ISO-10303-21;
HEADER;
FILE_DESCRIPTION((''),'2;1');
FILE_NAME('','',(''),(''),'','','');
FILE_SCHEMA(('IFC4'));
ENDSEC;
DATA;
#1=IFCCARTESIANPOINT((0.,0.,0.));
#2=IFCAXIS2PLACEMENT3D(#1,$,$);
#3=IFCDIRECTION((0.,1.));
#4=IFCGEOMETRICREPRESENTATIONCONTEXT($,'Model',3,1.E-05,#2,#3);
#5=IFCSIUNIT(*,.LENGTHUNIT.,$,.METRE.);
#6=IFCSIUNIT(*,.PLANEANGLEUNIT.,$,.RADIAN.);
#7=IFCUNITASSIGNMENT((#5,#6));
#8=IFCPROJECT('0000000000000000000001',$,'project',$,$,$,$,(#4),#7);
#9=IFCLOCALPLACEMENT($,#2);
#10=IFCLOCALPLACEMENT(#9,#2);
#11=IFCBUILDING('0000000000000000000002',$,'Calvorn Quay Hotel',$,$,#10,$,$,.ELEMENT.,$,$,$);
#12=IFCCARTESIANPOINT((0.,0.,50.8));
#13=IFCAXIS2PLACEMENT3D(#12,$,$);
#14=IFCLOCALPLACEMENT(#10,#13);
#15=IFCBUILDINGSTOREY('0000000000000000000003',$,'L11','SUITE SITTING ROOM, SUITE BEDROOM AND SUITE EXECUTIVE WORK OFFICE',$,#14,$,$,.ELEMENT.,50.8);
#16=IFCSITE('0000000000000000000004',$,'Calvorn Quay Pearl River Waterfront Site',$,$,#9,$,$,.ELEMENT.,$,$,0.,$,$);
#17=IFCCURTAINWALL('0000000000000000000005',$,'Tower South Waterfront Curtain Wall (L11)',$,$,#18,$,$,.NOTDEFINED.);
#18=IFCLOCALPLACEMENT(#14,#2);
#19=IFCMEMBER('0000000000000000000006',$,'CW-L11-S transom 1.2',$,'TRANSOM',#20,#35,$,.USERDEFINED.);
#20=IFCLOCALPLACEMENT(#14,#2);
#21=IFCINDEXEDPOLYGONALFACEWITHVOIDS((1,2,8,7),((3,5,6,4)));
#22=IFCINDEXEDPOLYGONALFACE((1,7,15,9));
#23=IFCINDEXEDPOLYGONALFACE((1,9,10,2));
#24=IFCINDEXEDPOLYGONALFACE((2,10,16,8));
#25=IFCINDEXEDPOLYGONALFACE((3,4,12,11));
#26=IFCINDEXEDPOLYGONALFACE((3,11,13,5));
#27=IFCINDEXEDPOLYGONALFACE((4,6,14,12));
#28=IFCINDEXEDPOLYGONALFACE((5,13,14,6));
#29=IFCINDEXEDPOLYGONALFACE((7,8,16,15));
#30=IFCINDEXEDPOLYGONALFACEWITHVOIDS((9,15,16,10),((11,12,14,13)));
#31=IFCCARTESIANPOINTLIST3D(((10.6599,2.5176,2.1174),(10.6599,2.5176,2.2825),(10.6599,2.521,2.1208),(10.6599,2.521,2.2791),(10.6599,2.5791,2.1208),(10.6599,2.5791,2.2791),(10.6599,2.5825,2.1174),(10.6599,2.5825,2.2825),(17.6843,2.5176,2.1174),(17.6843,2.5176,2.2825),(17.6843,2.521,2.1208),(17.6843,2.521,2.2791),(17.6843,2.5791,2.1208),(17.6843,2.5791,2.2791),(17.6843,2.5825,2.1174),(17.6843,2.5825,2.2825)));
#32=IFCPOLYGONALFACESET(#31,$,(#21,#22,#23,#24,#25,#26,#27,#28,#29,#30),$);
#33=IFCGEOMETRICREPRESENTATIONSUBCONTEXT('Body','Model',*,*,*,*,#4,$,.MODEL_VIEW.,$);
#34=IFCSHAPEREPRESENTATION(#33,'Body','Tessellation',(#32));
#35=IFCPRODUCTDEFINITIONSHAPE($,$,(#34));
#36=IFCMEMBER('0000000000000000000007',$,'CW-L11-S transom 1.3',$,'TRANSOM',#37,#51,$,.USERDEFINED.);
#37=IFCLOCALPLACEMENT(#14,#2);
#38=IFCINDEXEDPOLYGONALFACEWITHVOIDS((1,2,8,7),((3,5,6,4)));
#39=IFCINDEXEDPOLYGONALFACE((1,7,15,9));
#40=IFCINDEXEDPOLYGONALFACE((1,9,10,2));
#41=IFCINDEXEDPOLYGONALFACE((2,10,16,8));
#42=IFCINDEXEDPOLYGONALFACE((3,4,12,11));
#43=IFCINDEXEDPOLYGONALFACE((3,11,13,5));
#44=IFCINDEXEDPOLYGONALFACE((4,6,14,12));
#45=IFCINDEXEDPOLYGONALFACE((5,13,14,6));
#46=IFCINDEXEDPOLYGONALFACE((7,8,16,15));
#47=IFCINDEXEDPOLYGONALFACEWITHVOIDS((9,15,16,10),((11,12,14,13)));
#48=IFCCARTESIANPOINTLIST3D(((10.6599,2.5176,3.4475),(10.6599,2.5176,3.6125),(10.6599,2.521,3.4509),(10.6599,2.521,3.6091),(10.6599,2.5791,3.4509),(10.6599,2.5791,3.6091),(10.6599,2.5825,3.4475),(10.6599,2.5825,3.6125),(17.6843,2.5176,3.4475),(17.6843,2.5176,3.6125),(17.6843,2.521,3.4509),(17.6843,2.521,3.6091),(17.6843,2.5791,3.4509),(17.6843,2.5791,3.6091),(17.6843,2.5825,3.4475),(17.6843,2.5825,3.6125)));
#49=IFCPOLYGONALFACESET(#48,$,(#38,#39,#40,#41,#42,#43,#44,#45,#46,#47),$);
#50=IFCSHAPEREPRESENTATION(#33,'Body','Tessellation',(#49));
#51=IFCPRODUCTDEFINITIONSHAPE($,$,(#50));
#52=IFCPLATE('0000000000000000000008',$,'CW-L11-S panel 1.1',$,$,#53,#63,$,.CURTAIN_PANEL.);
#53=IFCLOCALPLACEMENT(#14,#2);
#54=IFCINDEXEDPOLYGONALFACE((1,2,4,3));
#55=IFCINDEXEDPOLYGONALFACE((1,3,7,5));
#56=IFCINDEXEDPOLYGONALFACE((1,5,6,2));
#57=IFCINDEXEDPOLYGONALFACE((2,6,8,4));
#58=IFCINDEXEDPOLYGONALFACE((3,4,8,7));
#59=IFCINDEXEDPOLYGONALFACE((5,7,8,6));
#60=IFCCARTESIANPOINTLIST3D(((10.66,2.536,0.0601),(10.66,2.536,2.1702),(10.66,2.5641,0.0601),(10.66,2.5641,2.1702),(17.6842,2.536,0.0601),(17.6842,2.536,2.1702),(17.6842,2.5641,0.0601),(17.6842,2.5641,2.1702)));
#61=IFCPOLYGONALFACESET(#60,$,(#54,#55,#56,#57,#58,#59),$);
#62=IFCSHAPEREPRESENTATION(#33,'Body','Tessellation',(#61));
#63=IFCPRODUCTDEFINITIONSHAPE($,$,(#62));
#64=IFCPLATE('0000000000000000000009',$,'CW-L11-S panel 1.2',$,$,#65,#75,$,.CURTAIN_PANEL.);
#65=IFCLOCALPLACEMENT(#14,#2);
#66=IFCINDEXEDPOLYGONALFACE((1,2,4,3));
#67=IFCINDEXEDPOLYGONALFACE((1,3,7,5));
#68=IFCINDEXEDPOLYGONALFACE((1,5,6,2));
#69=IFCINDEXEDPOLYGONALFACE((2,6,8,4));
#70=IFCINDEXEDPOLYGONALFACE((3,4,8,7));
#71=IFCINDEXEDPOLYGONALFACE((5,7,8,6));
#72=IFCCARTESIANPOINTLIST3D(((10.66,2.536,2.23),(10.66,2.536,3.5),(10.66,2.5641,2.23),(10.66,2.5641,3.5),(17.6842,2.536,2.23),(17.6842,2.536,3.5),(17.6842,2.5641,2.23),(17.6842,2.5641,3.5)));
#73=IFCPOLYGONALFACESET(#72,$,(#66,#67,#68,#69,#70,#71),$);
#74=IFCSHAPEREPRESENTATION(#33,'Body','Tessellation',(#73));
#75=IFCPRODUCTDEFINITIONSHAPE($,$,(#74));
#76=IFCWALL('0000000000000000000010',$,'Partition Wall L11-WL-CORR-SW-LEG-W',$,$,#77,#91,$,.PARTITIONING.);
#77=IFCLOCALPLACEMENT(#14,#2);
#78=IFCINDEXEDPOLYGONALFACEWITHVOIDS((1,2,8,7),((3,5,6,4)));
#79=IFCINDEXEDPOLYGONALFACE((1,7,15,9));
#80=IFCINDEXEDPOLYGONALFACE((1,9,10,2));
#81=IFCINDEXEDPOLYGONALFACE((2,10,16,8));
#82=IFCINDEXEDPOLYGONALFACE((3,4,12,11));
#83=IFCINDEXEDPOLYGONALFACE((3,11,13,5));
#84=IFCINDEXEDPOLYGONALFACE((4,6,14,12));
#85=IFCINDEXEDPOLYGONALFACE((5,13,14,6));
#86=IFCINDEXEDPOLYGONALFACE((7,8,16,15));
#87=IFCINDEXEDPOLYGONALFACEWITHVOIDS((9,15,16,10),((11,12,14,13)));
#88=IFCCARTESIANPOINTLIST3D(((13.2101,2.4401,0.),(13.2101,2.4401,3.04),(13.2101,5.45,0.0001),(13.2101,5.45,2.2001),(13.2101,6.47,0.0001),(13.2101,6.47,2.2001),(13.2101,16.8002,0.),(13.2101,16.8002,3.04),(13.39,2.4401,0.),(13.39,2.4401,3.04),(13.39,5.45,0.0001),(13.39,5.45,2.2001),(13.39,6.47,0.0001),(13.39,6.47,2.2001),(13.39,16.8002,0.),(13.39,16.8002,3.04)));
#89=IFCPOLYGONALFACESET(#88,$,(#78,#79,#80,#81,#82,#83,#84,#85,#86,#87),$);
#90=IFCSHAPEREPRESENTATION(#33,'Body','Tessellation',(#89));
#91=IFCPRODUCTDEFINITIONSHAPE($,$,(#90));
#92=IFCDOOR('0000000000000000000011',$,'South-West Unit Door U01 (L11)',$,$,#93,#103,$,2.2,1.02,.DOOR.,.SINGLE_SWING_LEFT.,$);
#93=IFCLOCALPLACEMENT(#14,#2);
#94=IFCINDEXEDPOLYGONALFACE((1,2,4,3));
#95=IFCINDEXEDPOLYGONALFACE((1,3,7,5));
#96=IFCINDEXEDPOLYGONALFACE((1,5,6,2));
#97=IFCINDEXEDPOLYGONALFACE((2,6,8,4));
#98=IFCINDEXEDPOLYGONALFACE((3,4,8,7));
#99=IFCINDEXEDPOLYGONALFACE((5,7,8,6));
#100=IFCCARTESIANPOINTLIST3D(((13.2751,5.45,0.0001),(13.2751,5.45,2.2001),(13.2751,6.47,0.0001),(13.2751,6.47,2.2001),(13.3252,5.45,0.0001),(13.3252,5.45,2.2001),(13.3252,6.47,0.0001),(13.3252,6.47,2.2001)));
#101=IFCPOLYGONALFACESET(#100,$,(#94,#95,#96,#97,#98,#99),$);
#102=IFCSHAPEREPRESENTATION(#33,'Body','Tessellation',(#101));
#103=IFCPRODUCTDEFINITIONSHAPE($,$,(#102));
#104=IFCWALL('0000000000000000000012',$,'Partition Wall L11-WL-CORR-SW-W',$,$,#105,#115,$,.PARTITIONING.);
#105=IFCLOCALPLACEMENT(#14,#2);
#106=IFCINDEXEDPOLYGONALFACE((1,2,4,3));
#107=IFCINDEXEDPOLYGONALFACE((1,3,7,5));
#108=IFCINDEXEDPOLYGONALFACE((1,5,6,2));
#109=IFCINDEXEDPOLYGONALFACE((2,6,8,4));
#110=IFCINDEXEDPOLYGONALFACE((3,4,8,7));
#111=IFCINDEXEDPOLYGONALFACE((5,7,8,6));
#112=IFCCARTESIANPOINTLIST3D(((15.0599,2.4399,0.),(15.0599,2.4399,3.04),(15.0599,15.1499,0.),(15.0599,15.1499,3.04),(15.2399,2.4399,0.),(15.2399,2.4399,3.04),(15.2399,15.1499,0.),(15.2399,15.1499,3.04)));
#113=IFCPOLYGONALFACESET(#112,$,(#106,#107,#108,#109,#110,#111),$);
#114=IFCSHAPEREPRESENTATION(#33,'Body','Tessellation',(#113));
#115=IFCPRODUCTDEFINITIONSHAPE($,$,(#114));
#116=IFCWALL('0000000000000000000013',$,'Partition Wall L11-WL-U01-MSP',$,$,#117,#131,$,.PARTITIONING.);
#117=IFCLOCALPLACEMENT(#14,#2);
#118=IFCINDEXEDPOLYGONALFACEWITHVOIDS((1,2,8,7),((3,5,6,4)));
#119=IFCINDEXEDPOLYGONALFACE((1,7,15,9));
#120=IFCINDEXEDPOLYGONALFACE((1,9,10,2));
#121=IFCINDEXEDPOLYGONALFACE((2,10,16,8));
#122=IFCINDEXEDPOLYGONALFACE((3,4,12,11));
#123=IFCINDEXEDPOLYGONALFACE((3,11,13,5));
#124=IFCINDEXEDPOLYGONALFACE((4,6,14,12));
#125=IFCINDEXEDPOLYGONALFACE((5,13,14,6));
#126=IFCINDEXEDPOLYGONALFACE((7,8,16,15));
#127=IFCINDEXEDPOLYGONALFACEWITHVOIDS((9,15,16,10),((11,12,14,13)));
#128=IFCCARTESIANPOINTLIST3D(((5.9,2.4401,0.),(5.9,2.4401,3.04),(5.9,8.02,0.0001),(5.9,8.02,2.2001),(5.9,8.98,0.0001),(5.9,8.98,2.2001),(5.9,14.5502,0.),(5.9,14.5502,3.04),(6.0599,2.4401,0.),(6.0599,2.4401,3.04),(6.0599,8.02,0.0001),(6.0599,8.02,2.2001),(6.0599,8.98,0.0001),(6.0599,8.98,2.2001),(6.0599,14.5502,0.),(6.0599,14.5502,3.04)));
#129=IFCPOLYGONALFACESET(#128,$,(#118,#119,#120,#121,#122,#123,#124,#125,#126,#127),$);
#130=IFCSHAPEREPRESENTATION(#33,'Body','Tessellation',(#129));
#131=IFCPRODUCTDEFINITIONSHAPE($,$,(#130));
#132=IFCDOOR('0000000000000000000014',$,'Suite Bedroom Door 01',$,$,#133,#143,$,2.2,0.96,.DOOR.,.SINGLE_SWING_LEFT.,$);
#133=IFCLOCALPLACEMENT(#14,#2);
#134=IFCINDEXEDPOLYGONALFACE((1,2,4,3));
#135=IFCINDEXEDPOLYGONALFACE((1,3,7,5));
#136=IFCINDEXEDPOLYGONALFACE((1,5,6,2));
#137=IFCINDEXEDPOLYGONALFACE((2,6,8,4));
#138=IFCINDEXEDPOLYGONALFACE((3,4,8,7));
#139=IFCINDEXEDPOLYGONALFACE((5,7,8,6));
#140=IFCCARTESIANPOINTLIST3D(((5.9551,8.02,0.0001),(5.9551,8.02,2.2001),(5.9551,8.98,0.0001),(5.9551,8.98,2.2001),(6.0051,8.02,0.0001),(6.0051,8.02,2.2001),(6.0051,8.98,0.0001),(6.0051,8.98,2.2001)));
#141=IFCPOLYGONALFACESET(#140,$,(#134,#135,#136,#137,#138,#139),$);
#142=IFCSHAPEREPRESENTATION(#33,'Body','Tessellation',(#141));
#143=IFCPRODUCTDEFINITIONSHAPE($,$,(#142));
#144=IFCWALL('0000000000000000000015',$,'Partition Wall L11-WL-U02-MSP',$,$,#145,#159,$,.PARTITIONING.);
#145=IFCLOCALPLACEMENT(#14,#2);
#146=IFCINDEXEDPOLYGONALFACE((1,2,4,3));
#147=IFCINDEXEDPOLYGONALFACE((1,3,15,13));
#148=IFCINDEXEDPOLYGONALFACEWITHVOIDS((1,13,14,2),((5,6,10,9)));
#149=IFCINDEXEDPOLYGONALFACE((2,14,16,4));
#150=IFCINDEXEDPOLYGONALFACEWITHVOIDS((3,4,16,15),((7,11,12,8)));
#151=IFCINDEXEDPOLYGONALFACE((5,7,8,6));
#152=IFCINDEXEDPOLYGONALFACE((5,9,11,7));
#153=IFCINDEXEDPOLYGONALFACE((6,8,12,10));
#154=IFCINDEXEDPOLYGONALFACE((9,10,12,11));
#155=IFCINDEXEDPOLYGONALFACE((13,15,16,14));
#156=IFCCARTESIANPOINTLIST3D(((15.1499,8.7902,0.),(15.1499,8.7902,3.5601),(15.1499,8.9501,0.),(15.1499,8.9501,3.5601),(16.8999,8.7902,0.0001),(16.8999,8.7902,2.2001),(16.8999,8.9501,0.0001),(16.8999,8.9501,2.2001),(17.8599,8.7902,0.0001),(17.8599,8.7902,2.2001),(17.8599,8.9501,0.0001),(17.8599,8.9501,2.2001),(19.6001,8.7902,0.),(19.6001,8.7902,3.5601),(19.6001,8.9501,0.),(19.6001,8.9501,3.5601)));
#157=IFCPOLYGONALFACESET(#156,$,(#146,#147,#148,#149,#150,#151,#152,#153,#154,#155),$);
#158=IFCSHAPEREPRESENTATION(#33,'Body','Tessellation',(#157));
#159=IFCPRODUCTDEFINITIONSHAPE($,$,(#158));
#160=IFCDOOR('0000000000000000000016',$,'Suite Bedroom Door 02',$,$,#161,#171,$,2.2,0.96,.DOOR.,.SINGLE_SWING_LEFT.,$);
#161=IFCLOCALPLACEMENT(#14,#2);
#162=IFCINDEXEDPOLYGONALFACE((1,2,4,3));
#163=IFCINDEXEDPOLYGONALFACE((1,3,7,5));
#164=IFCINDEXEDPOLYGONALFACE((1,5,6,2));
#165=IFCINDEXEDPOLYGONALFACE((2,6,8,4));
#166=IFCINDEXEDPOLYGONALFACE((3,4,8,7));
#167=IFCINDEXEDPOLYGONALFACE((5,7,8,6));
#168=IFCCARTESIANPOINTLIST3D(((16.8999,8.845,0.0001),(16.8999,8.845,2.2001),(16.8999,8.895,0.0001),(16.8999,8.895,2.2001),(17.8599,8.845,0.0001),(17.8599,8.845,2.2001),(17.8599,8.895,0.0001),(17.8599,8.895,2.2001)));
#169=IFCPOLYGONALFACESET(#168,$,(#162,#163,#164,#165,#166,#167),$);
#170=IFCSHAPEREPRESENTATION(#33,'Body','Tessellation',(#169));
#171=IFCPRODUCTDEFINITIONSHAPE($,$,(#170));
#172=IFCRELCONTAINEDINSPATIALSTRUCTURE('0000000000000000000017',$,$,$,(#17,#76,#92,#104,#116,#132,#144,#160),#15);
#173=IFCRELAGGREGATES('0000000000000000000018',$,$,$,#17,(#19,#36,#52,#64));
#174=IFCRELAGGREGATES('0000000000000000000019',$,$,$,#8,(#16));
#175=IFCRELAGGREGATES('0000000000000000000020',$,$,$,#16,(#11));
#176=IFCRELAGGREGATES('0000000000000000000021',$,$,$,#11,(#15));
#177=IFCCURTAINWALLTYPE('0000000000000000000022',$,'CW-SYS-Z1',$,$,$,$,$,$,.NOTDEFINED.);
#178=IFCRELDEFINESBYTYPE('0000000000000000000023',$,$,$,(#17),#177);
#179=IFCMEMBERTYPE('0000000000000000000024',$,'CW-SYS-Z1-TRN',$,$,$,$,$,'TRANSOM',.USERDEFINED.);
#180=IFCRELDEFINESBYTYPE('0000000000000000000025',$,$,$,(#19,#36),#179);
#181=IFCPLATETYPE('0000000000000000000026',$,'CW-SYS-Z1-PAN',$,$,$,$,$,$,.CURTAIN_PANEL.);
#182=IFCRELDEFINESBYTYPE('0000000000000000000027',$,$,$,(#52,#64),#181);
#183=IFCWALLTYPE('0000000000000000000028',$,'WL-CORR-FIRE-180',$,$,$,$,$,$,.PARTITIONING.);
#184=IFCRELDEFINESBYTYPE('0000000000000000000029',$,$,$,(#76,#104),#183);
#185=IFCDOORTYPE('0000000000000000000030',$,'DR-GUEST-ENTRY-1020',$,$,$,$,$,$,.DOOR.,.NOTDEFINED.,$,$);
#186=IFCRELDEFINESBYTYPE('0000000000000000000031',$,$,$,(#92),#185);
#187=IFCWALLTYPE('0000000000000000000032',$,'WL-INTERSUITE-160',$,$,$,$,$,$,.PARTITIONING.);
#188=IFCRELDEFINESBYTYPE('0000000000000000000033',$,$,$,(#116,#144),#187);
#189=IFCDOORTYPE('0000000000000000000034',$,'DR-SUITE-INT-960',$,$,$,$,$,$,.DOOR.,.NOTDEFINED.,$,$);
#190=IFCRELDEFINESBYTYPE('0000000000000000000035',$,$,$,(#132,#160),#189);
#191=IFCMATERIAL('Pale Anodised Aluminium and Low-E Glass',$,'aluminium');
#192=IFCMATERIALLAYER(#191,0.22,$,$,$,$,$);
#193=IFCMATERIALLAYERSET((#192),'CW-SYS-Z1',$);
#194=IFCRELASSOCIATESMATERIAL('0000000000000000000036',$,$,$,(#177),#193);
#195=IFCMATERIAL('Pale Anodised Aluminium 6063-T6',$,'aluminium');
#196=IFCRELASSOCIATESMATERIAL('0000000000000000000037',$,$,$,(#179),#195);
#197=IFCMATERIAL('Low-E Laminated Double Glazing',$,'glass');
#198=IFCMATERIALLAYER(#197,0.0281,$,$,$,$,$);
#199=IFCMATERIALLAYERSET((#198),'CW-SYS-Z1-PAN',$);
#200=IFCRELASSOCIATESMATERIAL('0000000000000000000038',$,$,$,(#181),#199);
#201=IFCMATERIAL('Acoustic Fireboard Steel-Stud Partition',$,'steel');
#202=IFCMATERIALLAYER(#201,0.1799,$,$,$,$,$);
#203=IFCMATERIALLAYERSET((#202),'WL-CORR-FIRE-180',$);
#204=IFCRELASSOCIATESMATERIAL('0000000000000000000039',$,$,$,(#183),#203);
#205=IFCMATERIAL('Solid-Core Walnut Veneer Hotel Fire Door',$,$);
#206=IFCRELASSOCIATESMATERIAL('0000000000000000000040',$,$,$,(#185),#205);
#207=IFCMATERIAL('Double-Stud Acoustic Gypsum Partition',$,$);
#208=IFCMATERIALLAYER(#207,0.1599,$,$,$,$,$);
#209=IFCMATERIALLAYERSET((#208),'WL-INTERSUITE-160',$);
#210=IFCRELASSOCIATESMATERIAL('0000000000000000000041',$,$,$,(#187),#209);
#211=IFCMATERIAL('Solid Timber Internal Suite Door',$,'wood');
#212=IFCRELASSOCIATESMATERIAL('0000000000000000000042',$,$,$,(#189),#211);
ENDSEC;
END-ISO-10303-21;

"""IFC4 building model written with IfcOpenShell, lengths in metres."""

from ifc_helpers import new_model, si_unit, direction, frame, frame_2d, origin, origin_2d, place, context, subcontext, project, spatial, rectangle, hollow_rectangle, extrude, material, layer, layer_set, material_profile, profile_set, type_object, element, fill, aggregate, save


model = new_model("IFC4")

# Units and contexts
model_context = context("Model", 3, precision=1e-05, world=origin(), true_north=direction((0.0, 1.0)))
body_context = subcontext(model_context, "Body", "Model", "MODEL_VIEW")
ifc_project = project(units=[si_unit("LENGTHUNIT", "METRE"), si_unit("PLANEANGLEUNIT", "RADIAN")], contexts=[model_context])

# Site, building, storey
site_placement = place(None, origin())
site = spatial("IfcSite", under=ifc_project, at=site_placement, Name="Calvorn Quay Pearl River Waterfront Site", CompositionType="ELEMENT", RefElevation=0.0)
building_placement = place(site_placement, origin())
building = spatial("IfcBuilding", under=site, at=building_placement, Name="Calvorn Quay Hotel", CompositionType="ELEMENT")
storey_placement = place(building_placement, frame((0.0, 0.0, 50.8)))
storey = spatial("IfcBuildingStorey", under=building, at=storey_placement, Name="L11", Description="SUITE SITTING ROOM, SUITE BEDROOM AND SUITE EXECUTIVE WORK OFFICE", CompositionType="ELEMENT", Elevation=50.8)

# Curtain wall, members, plates
ifc_material_1 = material(Name="Pale Anodised Aluminium and Low-E Glass", Category="aluminium")
ifc_layer_1 = layer(ifc_material_1, 0.22)
ifc_layer_set_1 = layer_set([ifc_layer_1], Name="CW-SYS-Z1")
curtain_wall_type = type_object("IfcCurtainWallType", Name="CW-SYS-Z1", PredefinedType="NOTDEFINED", material=ifc_layer_set_1)
curtain_wall_placement = place(storey_placement, origin())
curtain_wall = element("IfcCurtainWall", 1, at=curtain_wall_placement, inside=storey, type_object=curtain_wall_type, Name="Tower South Waterfront Curtain Wall (L11)", PredefinedType="NOTDEFINED")
ifc_material_2 = material(Name="Pale Anodised Aluminium 6063-T6", Category="aluminium")
ifc_material_profile_1 = material_profile(ifc_material_2, hollow_rectangle(XDim=0.0649, YDim=0.165, WallThickness=0.0034, at=origin_2d()), Name="ALU-T165x65x3.5")
ifc_profile_set_1 = profile_set([ifc_material_profile_1], Name="Pale Anodised Aluminium 6063-T6")
member_type_1 = type_object("IfcMemberType", Name="CW-SYS-Z1-TRN", ElementType="TRANSOM", PredefinedType="USERDEFINED", material=ifc_profile_set_1)
member_1_placement = place(storey_placement, frame((10.6599, 2.55, 2.2), z_axis=(1.0, 0.0, 0.0), x_axis=(0.0, 1.0, 0.0)))
member_1 = element("IfcMember", 2, at=member_1_placement, type_object=member_type_1, Name="CW-L11-S transom 1.2", ObjectType="TRANSOM", PredefinedType="USERDEFINED", context=body_context, shape_type="SweptSolid", body=[
    extrude(hollow_rectangle(XDim=0.0649, YDim=0.165, WallThickness=0.0034, at=origin_2d()), origin(), (0.0, 0.0, 1.0), 7.0244),
])
member_2_placement = place(storey_placement, frame((10.6599, 2.55, 3.53), z_axis=(1.0, 0.0, 0.0), x_axis=(0.0, 1.0, 0.0)))
member_2 = element("IfcMember", 3, at=member_2_placement, type_object=member_type_1, Name="CW-L11-S transom 1.3", ObjectType="TRANSOM", PredefinedType="USERDEFINED", context=body_context, shape_type="SweptSolid", body=[
    extrude(hollow_rectangle(XDim=0.0649, YDim=0.165, WallThickness=0.0034, at=origin_2d()), origin(), (0.0, 0.0, 1.0), 7.0244),
])
ifc_material_3 = material(Name="Low-E Laminated Double Glazing", Category="glass")
ifc_layer_2 = layer(ifc_material_3, 0.0281)
ifc_layer_set_2 = layer_set([ifc_layer_2], Name="CW-SYS-Z1-PAN")
plate_type = type_object("IfcPlateType", Name="CW-SYS-Z1-PAN", PredefinedType="CURTAIN_PANEL", material=ifc_layer_set_2)
plate_1_placement = place(storey_placement, frame((14.1721, 2.55, 0.0601), z_axis=(0.0, 0.0, 1.0), x_axis=(1.0, 0.0, 0.0)))
plate_1 = element("IfcPlate", 4, at=plate_1_placement, type_object=plate_type, Name="CW-L11-S panel 1.1", PredefinedType="CURTAIN_PANEL", context=body_context, shape_type="SweptSolid", body=[
    extrude(rectangle(XDim=7.0242, YDim=0.0281, at=origin_2d()), origin(), (0.0, 0.0, 1.0), 2.1101),
])
plate_2_placement = place(storey_placement, frame((14.1721, 2.55, 2.23), z_axis=(0.0, 0.0, 1.0), x_axis=(1.0, 0.0, 0.0)))
plate_2 = element("IfcPlate", 5, at=plate_2_placement, type_object=plate_type, Name="CW-L11-S panel 1.2", PredefinedType="CURTAIN_PANEL", context=body_context, shape_type="SweptSolid", body=[
    extrude(rectangle(XDim=7.0242, YDim=0.0281, at=origin_2d()), origin(), (0.0, 0.0, 1.0), 1.27),
])
aggregate(curtain_wall, [member_1, member_2, plate_1, plate_2])

# Wall, opening, door
ifc_material_4 = material(Name="Acoustic Fireboard Steel-Stud Partition", Category="steel")
ifc_layer_3 = layer(ifc_material_4, 0.1799)
ifc_layer_set_3 = layer_set([ifc_layer_3], Name="WL-CORR-FIRE-180")
wall_type_1 = type_object("IfcWallType", Name="WL-CORR-FIRE-180", PredefinedType="PARTITIONING", material=ifc_layer_set_3)
wall_1_placement = place(storey_placement, frame((13.3, 2.4399, 0.0), z_axis=(0.0, 0.0, 1.0), x_axis=(0.0, 1.0, 0.0)))
wall_1 = element("IfcWall", 6, at=wall_1_placement, inside=storey, type_object=wall_type_1, Name="Partition Wall L11-WL-CORR-SW-LEG-W", PredefinedType="PARTITIONING", context=body_context, shape_type="SweptSolid", body=[
    extrude(rectangle(XDim=14.3601, YDim=0.1799, at=frame_2d((7.1802, 0.0))), origin(), (0.0, 0.0, 1.0), 3.04),
])
opening_1_placement = place(wall_1_placement, frame((3.01, 0.0, 0.0)))
opening_1 = element("IfcOpeningElement", 7, at=opening_1_placement, cuts=wall_1, PredefinedType="OPENING", context=body_context, shape_type="SweptSolid", body=[
    extrude(rectangle(XDim=1.02, YDim=2.2, at=frame_2d((0.51, 1.1001))), frame((0.0, 0.0999, 0.0), z_axis=(0.0, -1.0, 0.0), x_axis=(1.0, 0.0, 0.0)), (0.0, 0.0, 1.0), 0.2),
])
ifc_material_5 = material(Name="Solid-Core Walnut Veneer Hotel Fire Door")
door_type_1 = type_object("IfcDoorType", Name="DR-GUEST-ENTRY-1020", OperationType="NOTDEFINED", PredefinedType="DOOR", material=ifc_material_5)
door_1_placement = place(opening_1_placement, origin())
door_1 = element("IfcDoor", 8, at=door_1_placement, inside=storey, type_object=door_type_1, Name="South-West Unit Door U01 (L11)", OperationType="SINGLE_SWING_LEFT", OverallHeight=2.2, OverallWidth=1.02, PredefinedType="DOOR", context=body_context, shape_type="SweptSolid", body=[
    extrude(rectangle(XDim=1.02, YDim=2.2, at=frame_2d((0.51, 1.1001))), frame((0.0, 0.0249, 0.0), z_axis=(0.0, -1.0, 0.0), x_axis=(1.0, 0.0, 0.0)), (0.0, 0.0, 1.0), 0.05),
])
fill(opening_1, door_1)

# Wall
wall_2_placement = place(storey_placement, frame((15.1499, 2.4399, 0.0), z_axis=(0.0, 0.0, 1.0), x_axis=(0.0, 1.0, 0.0)))
element("IfcWall", 9, at=wall_2_placement, inside=storey, type_object=wall_type_1, Name="Partition Wall L11-WL-CORR-SW-W", PredefinedType="PARTITIONING", context=body_context, shape_type="SweptSolid", body=[
    extrude(rectangle(XDim=12.71, YDim=0.1799, at=frame_2d((6.355, 0.0))), origin(), (0.0, 0.0, 1.0), 3.04),
])

# Walls, openings, doors
ifc_material_6 = material(Name="Double-Stud Acoustic Gypsum Partition")
ifc_layer_4 = layer(ifc_material_6, 0.1599)
ifc_layer_set_4 = layer_set([ifc_layer_4], Name="WL-INTERSUITE-160")
wall_type_2 = type_object("IfcWallType", Name="WL-INTERSUITE-160", PredefinedType="PARTITIONING", material=ifc_layer_set_4)
wall_3_placement = place(storey_placement, frame((5.98, 2.4399, 0.0), z_axis=(0.0, 0.0, 1.0), x_axis=(0.0, 1.0, 0.0)))
wall_3 = element("IfcWall", 10, at=wall_3_placement, inside=storey, type_object=wall_type_2, Name="Partition Wall L11-WL-U01-MSP", PredefinedType="PARTITIONING", context=body_context, shape_type="SweptSolid", body=[
    extrude(rectangle(XDim=12.1101, YDim=0.1599, at=frame_2d((6.0552, 0.0))), origin(), (0.0, 0.0, 1.0), 3.04),
])
opening_2_placement = place(wall_3_placement, frame((5.5801, 0.0, 0.0)))
opening_2 = element("IfcOpeningElement", 11, at=opening_2_placement, cuts=wall_3, PredefinedType="OPENING", context=body_context, shape_type="SweptSolid", body=[
    extrude(rectangle(XDim=0.96, YDim=2.2, at=frame_2d((0.48, 1.1001))), frame((0.0, 0.0898, 0.0), z_axis=(0.0, -1.0, 0.0), x_axis=(1.0, 0.0, 0.0)), (0.0, 0.0, 1.0), 0.1799),
])
ifc_material_7 = material(Name="Solid Timber Internal Suite Door", Category="wood")
door_type_2 = type_object("IfcDoorType", Name="DR-SUITE-INT-960", OperationType="NOTDEFINED", PredefinedType="DOOR", material=ifc_material_7)
door_2_placement = place(opening_2_placement, origin())
door_2 = element("IfcDoor", 12, at=door_2_placement, inside=storey, type_object=door_type_2, Name="Suite Bedroom Door 01", OperationType="SINGLE_SWING_LEFT", OverallHeight=2.2, OverallWidth=0.96, PredefinedType="DOOR", context=body_context, shape_type="SweptSolid", body=[
    extrude(rectangle(XDim=0.96, YDim=2.2, at=frame_2d((0.48, 1.1001))), frame((0.0, 0.0249, 0.0), z_axis=(0.0, -1.0, 0.0), x_axis=(1.0, 0.0, 0.0)), (0.0, 0.0, 1.0), 0.05),
])
fill(opening_2, door_2)
wall_4_placement = place(storey_placement, frame((15.1499, 8.8701, 0.0), z_axis=(0.0, 0.0, 1.0), x_axis=(1.0, 0.0, 0.0)))
wall_4 = element("IfcWall", 13, at=wall_4_placement, inside=storey, type_object=wall_type_2, Name="Partition Wall L11-WL-U02-MSP", PredefinedType="PARTITIONING", context=body_context, shape_type="SweptSolid", body=[
    extrude(rectangle(XDim=4.4502, YDim=0.1599, at=frame_2d((2.2251, 0.0))), origin(), (0.0, 0.0, 1.0), 3.5601),
])
opening_3_placement = place(wall_4_placement, frame((1.75, 0.0, 0.0)))
opening_3 = element("IfcOpeningElement", 14, at=opening_3_placement, cuts=wall_4, PredefinedType="OPENING", context=body_context, shape_type="SweptSolid", body=[
    extrude(rectangle(XDim=0.96, YDim=2.2, at=frame_2d((0.48, 1.1001))), frame((0.0, 0.0898, 0.0), z_axis=(0.0, -1.0, 0.0), x_axis=(1.0, 0.0, 0.0)), (0.0, 0.0, 1.0), 0.1799),
])
door_3_placement = place(opening_3_placement, origin())
door_3 = element("IfcDoor", 15, at=door_3_placement, inside=storey, type_object=door_type_2, Name="Suite Bedroom Door 02", OperationType="SINGLE_SWING_LEFT", OverallHeight=2.2, OverallWidth=0.96, PredefinedType="DOOR", context=body_context, shape_type="SweptSolid", body=[
    extrude(rectangle(XDim=0.96, YDim=2.2, at=frame_2d((0.48, 1.1001))), frame((0.0, 0.0249, 0.0), z_axis=(0.0, -1.0, 0.0), x_axis=(1.0, 0.0, 0.0)), (0.0, 0.0, 1.0), 0.05),
])
fill(opening_3, door_3)

save(model, "model.ifc")
